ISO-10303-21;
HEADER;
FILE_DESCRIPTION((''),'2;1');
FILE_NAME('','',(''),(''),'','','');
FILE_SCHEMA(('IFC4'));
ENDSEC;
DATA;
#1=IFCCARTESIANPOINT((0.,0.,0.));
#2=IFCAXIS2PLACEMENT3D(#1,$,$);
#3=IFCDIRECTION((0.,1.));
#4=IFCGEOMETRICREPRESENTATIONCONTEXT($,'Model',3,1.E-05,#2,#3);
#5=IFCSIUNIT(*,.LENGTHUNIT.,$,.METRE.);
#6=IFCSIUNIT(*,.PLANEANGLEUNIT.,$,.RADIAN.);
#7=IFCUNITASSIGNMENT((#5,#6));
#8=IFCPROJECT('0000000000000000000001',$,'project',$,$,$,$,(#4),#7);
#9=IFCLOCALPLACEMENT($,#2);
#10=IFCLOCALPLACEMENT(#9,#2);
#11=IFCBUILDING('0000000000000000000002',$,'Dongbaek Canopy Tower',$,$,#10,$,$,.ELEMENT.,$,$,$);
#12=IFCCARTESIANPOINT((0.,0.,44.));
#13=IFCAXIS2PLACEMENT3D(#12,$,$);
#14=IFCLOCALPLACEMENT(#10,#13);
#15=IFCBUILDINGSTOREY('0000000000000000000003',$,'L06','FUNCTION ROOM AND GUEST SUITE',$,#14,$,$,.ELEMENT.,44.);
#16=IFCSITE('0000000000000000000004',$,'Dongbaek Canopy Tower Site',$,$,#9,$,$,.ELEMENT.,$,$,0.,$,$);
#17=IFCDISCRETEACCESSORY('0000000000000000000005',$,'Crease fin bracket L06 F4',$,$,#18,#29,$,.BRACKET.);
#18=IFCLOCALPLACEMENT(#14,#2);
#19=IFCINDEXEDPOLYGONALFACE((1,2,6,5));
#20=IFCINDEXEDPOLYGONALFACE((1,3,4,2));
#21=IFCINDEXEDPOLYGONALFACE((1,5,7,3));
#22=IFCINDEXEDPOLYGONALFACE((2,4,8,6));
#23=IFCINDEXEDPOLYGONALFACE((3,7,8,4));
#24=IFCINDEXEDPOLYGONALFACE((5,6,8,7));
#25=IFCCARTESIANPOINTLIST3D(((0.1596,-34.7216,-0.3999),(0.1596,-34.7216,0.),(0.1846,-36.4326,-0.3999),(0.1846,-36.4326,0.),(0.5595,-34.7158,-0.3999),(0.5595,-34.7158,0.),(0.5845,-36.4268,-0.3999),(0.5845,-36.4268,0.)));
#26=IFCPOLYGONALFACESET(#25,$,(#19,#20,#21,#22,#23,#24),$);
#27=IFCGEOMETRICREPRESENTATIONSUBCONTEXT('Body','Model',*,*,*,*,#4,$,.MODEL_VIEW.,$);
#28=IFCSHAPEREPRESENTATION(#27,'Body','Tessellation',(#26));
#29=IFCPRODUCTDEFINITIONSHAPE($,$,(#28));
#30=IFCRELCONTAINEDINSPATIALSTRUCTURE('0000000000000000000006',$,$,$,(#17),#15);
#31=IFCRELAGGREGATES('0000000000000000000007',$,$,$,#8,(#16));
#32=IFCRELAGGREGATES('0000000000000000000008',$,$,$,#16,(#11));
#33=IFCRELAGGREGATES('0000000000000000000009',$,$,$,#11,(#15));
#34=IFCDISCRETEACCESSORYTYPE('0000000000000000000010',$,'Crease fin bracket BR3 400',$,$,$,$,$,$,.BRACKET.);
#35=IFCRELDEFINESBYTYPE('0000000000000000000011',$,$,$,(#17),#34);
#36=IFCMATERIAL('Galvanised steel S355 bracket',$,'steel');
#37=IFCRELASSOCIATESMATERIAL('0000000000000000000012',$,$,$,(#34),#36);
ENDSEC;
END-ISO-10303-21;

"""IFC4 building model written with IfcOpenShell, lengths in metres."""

from ifc_helpers import new_model, si_unit, direction, frame, origin, origin_2d, place, context, subcontext, project, spatial, rectangle, extrude, material, type_object, element, save


model = new_model("IFC4")

# Units and contexts
model_context = context("Model", 3, precision=1e-05, world=origin(), true_north=direction((0.0, 1.0)))
body_context = subcontext(model_context, "Body", "Model", "MODEL_VIEW")
ifc_project = project(units=[si_unit("LENGTHUNIT", "METRE"), si_unit("PLANEANGLEUNIT", "RADIAN")], contexts=[model_context])

# Site, building, storey
site_placement = place(None, origin())
site = spatial("IfcSite", under=ifc_project, at=site_placement, Name="Dongbaek Canopy Tower Site", CompositionType="ELEMENT", RefElevation=0.0)
building_placement = place(site_placement, origin())
building = spatial("IfcBuilding", under=site, at=building_placement, Name="Dongbaek Canopy Tower", CompositionType="ELEMENT")
storey_placement = place(building_placement, frame((0.0, 0.0, 44.0)))
storey = spatial("IfcBuildingStorey", under=building, at=storey_placement, Name="L06", Description="FUNCTION ROOM AND GUEST SUITE", CompositionType="ELEMENT", Elevation=44.0)

# Discrete accessory
ifc_material_1 = material(Name="Galvanised steel S355 bracket", Category="steel")
discrete_accessory_type = type_object("IfcDiscreteAccessoryType", Name="Crease fin bracket BR3 400", PredefinedType="BRACKET", material=ifc_material_1)
discrete_accessory_placement = place(storey_placement, frame((0.3721, -35.5742, -0.3999), z_axis=(0.0, 0.0, 1.0), x_axis=(0.014618, -0.999893, 0.0)))
element("IfcDiscreteAccessory", 1, at=discrete_accessory_placement, inside=storey, type_object=discrete_accessory_type, Name="Crease fin bracket L06 F4", PredefinedType="BRACKET", context=body_context, shape_type="SweptSolid", body=[
    extrude(rectangle(XDim=1.7112, YDim=0.3999, at=origin_2d()), origin(), (0.0, 0.0, 1.0), 0.3999),
])

save(model, "model.ifc")
